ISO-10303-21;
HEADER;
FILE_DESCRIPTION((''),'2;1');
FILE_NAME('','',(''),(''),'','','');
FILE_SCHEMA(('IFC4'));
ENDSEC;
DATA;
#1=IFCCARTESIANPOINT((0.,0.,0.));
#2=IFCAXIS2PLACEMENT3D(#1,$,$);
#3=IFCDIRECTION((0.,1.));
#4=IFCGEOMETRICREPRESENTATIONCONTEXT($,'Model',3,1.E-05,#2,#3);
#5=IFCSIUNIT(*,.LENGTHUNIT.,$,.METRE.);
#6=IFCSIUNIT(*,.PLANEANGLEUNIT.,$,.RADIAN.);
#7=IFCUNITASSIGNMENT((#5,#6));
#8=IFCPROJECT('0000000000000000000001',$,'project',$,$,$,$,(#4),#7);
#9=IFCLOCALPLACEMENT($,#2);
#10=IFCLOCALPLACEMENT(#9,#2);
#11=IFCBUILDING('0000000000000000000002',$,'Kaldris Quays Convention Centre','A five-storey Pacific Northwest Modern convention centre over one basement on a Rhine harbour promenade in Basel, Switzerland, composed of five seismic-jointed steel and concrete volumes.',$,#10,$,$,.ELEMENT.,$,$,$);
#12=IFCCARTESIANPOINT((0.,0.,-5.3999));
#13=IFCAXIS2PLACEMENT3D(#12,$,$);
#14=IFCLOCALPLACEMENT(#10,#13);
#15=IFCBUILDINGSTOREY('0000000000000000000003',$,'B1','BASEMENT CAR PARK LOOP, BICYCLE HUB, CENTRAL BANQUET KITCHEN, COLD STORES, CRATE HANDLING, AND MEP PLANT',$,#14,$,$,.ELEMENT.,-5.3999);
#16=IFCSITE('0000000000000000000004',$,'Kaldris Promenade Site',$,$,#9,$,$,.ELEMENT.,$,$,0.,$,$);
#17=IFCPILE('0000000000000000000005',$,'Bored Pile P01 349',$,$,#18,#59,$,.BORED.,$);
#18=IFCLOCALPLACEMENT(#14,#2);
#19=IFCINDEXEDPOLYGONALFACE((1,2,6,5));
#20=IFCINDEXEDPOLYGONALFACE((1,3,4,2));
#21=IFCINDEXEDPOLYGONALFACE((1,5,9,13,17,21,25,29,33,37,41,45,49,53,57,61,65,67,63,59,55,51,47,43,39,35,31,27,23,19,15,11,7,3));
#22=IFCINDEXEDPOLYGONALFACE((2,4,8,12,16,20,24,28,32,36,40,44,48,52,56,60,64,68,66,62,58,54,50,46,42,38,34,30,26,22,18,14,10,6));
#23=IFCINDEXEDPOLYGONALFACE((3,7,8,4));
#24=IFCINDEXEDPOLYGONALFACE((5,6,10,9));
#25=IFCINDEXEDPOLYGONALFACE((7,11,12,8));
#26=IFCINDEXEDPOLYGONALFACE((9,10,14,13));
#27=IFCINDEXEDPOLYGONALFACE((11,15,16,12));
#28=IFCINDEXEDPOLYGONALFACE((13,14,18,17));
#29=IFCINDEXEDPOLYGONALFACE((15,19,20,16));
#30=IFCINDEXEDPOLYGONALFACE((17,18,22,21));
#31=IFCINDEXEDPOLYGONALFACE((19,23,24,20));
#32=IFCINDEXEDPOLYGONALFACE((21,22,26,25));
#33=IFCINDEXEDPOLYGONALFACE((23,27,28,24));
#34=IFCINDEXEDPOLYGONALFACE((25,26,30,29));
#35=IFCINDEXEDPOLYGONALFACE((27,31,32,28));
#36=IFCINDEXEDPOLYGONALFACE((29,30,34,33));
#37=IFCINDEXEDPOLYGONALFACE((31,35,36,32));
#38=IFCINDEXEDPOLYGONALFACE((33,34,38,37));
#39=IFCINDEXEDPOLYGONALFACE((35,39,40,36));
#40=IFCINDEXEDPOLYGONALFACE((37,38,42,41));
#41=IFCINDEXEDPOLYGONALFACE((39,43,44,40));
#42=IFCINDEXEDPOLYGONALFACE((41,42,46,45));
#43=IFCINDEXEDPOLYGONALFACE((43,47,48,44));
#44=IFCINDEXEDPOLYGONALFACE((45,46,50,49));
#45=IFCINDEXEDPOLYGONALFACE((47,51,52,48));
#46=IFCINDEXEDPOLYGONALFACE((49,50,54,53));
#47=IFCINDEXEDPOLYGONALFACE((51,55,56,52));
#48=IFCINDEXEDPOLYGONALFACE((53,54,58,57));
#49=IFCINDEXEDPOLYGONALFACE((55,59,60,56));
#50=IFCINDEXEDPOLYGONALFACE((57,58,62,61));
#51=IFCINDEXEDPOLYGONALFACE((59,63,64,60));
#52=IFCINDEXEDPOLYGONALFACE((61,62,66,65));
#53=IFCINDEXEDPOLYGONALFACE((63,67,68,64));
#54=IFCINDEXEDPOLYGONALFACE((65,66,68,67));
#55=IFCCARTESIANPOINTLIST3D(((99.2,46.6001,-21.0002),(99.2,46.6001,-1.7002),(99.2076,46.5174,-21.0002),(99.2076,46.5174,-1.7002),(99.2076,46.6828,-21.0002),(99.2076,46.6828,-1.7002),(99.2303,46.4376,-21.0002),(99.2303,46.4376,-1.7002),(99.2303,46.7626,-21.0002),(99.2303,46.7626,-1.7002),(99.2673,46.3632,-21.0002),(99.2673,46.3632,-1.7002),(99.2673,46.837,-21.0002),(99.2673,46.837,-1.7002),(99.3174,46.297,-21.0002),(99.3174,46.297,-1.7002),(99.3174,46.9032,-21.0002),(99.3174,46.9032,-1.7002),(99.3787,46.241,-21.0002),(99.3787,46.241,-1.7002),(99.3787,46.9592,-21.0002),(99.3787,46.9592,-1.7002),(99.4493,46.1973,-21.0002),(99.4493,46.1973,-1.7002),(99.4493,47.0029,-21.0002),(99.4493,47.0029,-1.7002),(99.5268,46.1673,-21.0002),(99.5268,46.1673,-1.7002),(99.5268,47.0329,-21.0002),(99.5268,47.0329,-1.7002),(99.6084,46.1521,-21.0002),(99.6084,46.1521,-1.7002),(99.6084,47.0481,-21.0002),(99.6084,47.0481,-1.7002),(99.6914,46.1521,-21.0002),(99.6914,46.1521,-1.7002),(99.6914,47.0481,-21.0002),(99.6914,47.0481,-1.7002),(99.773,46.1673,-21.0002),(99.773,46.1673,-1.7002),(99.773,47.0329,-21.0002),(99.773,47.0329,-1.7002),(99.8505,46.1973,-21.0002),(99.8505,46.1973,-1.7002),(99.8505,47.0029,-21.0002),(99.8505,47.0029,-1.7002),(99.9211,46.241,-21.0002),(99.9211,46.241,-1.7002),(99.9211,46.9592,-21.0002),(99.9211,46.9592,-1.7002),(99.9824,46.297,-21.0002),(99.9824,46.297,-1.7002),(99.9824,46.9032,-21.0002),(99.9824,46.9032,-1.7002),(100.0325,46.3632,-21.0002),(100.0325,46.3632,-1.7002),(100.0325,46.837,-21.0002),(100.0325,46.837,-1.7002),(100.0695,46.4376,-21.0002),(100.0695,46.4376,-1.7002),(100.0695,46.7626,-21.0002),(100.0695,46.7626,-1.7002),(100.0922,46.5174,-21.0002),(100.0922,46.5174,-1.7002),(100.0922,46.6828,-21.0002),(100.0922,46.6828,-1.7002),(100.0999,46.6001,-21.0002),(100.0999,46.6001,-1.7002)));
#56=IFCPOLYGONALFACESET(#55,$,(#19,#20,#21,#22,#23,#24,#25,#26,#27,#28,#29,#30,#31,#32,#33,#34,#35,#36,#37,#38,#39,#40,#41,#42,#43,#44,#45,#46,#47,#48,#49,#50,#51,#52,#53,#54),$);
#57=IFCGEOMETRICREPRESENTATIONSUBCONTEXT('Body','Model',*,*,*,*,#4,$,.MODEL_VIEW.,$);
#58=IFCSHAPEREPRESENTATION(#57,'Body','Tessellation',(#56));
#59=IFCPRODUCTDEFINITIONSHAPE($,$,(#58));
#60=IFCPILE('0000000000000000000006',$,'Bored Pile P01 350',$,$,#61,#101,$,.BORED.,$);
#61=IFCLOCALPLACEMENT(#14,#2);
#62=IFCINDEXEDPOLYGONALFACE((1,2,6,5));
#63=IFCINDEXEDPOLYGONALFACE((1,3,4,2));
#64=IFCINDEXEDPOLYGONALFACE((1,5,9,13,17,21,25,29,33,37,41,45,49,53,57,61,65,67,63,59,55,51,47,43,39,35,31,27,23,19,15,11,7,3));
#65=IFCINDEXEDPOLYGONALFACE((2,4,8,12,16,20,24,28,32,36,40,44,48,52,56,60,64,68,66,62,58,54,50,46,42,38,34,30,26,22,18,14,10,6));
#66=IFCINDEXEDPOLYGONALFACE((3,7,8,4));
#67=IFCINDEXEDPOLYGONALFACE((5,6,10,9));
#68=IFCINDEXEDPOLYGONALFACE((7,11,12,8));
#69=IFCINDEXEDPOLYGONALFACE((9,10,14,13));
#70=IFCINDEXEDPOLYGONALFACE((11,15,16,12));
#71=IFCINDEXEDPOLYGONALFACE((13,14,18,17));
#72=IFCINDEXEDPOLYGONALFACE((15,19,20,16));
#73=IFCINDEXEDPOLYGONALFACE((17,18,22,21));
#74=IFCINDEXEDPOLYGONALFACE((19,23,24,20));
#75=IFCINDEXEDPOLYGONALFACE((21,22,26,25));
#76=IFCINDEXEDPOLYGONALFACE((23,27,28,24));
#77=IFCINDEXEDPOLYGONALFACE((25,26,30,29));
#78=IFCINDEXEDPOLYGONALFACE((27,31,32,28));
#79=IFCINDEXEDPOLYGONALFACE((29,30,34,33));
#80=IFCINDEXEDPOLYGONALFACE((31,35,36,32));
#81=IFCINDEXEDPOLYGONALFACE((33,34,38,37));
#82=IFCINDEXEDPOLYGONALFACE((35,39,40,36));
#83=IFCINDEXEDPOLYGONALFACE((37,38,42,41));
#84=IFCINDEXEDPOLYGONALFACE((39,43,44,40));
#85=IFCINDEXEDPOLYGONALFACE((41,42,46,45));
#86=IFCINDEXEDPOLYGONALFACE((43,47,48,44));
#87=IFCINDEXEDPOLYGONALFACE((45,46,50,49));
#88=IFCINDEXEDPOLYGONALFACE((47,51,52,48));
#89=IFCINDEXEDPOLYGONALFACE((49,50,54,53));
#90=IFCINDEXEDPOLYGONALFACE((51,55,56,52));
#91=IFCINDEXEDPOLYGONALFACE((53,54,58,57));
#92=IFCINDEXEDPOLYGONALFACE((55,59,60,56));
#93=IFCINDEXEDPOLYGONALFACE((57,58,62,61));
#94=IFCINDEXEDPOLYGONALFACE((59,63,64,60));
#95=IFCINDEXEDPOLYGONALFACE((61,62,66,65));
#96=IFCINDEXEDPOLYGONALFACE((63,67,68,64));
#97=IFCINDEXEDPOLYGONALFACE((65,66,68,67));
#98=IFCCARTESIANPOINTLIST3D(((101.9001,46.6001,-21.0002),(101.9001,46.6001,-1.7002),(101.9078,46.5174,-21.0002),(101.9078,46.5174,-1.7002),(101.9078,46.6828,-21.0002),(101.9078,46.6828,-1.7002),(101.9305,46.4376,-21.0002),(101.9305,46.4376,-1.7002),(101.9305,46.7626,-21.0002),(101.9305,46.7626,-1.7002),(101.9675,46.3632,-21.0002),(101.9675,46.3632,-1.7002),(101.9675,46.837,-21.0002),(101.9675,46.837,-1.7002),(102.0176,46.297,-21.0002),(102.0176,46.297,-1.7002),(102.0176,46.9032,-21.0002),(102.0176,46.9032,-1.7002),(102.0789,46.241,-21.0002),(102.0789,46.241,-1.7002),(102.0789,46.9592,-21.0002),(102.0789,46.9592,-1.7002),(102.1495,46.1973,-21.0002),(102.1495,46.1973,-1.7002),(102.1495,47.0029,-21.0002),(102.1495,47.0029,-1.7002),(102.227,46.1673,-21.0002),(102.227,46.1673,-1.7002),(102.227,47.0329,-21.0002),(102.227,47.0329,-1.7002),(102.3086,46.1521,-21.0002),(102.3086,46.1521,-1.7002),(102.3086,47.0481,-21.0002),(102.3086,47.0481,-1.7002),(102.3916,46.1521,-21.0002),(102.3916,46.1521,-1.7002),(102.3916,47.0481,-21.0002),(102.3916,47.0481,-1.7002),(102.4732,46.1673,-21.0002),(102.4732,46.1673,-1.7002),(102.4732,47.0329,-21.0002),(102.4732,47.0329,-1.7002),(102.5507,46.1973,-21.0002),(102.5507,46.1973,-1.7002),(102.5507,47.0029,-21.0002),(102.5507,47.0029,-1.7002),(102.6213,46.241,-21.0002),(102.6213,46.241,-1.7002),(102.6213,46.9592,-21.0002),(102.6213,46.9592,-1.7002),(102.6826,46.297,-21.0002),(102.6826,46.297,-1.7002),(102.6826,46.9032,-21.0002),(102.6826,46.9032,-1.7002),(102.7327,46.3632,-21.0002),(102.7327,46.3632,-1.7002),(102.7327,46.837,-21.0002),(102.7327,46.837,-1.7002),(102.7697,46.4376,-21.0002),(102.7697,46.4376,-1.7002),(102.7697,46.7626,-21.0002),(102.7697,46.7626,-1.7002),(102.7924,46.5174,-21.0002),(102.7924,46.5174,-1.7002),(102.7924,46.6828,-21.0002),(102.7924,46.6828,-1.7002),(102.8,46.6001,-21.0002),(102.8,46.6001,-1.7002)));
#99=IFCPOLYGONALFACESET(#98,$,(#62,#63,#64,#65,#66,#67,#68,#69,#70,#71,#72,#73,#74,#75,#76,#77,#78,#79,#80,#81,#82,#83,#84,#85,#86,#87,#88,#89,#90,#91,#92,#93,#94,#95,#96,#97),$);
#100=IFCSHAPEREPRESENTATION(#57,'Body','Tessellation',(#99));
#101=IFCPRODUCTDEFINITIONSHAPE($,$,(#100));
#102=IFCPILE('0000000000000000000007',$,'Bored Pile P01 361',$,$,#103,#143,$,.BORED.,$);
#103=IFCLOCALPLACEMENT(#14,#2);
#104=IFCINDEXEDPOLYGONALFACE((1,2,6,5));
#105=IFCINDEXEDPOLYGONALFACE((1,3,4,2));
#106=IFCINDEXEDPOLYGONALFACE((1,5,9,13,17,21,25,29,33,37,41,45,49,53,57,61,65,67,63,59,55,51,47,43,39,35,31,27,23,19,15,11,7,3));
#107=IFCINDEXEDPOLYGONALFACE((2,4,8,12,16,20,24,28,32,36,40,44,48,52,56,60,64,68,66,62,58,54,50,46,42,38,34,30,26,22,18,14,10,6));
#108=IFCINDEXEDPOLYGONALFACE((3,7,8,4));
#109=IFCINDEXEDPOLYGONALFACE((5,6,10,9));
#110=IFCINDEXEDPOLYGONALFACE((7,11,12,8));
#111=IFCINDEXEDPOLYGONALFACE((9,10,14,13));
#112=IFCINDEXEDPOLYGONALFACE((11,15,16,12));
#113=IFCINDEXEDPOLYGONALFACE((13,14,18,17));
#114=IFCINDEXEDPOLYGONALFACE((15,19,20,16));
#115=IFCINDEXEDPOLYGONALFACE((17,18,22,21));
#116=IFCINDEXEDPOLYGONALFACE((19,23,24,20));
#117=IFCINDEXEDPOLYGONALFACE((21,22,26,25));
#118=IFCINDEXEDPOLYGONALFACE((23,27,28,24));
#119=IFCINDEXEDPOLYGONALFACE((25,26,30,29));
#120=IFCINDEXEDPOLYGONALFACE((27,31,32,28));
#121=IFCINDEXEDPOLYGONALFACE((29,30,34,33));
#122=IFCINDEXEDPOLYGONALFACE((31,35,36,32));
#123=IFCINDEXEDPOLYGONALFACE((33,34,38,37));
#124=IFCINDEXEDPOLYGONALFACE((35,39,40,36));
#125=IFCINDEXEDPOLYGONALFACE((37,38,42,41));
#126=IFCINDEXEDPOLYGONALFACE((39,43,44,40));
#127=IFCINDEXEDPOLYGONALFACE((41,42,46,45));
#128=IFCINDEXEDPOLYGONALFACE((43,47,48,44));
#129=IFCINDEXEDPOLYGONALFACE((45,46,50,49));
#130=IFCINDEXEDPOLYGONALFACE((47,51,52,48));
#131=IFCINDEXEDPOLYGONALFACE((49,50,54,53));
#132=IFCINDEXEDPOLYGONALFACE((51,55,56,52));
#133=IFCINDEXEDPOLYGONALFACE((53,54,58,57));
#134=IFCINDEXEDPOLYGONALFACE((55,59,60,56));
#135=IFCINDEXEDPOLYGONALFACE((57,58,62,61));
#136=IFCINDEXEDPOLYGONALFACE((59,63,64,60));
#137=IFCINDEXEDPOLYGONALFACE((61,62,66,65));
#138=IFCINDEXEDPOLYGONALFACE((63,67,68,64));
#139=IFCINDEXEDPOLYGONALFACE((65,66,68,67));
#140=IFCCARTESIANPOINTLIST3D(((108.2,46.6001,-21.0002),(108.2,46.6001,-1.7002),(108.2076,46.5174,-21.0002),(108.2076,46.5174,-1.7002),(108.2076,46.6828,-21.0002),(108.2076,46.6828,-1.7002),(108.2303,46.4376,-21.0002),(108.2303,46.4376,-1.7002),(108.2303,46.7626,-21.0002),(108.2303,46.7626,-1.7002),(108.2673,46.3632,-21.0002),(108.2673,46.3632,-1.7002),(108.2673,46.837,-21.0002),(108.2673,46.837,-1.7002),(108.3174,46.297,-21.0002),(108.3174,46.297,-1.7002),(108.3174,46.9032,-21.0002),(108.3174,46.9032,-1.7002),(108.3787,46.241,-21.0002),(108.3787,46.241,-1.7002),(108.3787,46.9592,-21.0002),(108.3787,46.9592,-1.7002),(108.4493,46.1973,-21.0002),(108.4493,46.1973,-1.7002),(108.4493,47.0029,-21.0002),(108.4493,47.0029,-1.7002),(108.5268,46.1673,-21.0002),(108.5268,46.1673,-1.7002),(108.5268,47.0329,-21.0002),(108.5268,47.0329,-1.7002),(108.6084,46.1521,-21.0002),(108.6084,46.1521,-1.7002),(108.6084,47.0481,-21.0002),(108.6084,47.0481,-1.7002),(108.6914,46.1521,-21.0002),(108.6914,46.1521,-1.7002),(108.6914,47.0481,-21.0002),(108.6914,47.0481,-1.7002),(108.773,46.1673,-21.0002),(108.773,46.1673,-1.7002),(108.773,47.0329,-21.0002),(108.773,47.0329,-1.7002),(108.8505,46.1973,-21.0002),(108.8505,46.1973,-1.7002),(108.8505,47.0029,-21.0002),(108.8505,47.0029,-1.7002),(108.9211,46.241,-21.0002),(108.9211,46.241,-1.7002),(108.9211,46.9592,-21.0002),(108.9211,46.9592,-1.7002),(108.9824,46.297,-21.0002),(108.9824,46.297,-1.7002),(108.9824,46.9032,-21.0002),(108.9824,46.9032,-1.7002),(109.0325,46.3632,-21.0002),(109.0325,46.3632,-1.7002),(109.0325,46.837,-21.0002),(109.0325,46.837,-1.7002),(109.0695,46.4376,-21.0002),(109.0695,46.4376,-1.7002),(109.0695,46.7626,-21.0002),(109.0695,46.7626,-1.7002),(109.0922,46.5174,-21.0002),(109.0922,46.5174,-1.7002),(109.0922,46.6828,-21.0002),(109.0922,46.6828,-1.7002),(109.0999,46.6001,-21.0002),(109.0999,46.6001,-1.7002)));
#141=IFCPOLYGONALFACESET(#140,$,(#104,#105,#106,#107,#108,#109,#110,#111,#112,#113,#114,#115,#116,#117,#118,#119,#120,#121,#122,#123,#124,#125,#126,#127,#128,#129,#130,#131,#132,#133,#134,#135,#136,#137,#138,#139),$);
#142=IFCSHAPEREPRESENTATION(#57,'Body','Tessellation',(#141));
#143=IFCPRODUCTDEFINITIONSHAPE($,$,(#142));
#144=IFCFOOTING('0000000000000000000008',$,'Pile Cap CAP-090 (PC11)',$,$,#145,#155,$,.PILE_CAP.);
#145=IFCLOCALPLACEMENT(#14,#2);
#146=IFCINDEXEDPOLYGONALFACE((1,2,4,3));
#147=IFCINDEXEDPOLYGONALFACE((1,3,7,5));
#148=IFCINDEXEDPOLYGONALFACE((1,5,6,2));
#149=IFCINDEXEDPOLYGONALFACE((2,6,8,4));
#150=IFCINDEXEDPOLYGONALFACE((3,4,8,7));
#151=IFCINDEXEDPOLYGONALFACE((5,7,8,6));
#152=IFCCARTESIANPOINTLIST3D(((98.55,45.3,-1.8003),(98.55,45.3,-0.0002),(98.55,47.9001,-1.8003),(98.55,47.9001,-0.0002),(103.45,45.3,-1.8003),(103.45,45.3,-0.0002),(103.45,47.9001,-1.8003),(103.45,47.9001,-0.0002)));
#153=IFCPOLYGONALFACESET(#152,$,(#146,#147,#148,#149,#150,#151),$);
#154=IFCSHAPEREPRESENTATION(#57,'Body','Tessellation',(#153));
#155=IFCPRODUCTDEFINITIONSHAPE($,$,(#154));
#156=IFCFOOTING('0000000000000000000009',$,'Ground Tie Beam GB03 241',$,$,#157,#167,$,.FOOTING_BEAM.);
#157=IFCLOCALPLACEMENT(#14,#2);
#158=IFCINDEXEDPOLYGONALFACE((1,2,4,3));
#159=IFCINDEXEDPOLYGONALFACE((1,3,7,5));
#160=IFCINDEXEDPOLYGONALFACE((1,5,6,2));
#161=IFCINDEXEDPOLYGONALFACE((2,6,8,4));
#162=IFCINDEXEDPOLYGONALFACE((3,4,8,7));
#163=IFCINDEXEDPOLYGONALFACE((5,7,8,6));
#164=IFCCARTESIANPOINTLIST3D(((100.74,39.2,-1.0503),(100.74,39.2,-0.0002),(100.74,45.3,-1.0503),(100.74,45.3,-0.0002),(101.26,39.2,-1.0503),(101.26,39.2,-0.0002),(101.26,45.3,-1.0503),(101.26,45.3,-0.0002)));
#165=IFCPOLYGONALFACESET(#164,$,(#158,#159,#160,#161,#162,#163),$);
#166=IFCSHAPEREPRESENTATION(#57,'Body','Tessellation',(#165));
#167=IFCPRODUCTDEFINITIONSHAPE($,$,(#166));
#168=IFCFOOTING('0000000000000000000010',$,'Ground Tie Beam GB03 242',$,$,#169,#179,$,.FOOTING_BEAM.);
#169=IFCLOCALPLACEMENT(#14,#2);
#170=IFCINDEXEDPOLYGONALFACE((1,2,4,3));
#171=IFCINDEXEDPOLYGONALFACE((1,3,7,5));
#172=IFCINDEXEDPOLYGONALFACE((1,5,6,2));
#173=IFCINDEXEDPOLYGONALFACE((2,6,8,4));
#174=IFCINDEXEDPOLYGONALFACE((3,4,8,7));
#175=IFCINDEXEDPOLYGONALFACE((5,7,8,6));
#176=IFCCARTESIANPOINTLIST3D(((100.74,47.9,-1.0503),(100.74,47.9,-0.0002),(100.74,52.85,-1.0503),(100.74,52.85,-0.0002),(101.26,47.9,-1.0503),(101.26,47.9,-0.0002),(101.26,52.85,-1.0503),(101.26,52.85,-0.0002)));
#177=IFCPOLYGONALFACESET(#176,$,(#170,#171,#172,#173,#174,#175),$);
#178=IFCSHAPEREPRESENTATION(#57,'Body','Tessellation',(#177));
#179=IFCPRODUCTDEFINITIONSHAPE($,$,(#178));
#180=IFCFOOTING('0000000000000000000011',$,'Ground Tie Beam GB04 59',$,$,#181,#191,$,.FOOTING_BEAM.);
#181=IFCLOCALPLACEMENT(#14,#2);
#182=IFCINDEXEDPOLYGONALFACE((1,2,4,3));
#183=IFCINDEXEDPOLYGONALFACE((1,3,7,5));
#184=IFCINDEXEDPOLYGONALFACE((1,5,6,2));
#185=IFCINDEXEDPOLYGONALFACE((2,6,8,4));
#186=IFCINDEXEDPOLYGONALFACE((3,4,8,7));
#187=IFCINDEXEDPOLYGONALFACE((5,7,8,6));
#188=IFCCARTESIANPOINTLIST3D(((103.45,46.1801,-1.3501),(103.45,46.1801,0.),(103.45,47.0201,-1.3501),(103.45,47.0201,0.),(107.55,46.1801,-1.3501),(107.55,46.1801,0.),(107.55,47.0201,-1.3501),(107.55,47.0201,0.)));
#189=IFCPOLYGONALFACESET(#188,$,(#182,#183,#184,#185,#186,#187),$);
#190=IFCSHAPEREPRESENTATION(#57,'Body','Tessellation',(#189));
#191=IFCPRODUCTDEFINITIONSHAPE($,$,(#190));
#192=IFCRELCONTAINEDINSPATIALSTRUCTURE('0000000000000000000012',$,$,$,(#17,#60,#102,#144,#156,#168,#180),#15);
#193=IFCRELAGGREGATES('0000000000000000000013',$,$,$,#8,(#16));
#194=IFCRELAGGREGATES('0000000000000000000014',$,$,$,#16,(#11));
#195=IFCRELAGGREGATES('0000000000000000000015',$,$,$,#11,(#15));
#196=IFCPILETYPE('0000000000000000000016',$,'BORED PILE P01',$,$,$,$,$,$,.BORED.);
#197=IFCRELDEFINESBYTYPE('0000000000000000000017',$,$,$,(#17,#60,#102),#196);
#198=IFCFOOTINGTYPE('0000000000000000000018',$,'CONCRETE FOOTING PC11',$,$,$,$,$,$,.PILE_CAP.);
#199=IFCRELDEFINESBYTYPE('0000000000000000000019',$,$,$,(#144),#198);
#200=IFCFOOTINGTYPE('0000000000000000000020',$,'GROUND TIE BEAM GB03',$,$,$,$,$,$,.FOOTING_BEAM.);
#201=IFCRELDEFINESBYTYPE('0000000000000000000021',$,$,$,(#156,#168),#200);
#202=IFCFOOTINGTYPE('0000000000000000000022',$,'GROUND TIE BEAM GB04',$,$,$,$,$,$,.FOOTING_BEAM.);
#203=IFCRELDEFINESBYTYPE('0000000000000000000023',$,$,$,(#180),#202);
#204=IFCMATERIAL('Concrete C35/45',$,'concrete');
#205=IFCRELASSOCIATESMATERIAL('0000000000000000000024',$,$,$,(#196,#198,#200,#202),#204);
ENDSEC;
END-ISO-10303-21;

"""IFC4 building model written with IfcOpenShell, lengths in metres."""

from ifc_helpers import new_model, si_unit, direction, frame, origin, origin_2d, place, context, subcontext, project, spatial, rectangle, circle, extrude, material, material_profile, profile_set, type_object, element, save


model = new_model("IFC4")

# Units and contexts
model_context = context("Model", 3, precision=1e-05, world=origin(), true_north=direction((0.0, 1.0)))
body_context = subcontext(model_context, "Body", "Model", "MODEL_VIEW")
ifc_project = project(units=[si_unit("LENGTHUNIT", "METRE"), si_unit("PLANEANGLEUNIT", "RADIAN")], contexts=[model_context])

# Site, building, storey
site_placement = place(None, origin())
site = spatial("IfcSite", under=ifc_project, at=site_placement, Name="Kaldris Promenade Site", CompositionType="ELEMENT", RefElevation=0.0)
building_placement = place(site_placement, origin())
building = spatial("IfcBuilding", under=site, at=building_placement, Name="Kaldris Quays Convention Centre", Description="A five-storey Pacific Northwest Modern convention centre over one basement on a Rhine harbour promenade in Basel, Switzerland, composed of five seismic-jointed steel and concrete volumes.", CompositionType="ELEMENT")
storey_placement = place(building_placement, frame((0.0, 0.0, -5.3999)))
storey = spatial("IfcBuildingStorey", under=building, at=storey_placement, Name="B1", Description="BASEMENT CAR PARK LOOP, BICYCLE HUB, CENTRAL BANQUET KITCHEN, COLD STORES, CRATE HANDLING, AND MEP PLANT", CompositionType="ELEMENT", Elevation=-5.3999)

# Piles
ifc_material_1 = material(Name="Concrete C35/45", Category="concrete")
ifc_material_profile_1 = material_profile(ifc_material_1, circle(Radius=0.45, at=origin_2d()), Name="BORED PILE D900")
ifc_profile_set_1 = profile_set([ifc_material_profile_1], Name="Concrete C35/45")
pile_type = type_object("IfcPileType", Name="BORED PILE P01", PredefinedType="BORED", material=ifc_profile_set_1)
for number, where, z_axis, x_axis, name in (
    (1, (99.6499, 46.6001, -1.7002), (0.0, 0.0, -1.0), (1.0, 0.0, 0.0), "Bored Pile P01 349"),
    (2, (102.3501, 46.6001, -1.7002), (0.0, 0.0, -1.0), (1.0, 0.0, 0.0), "Bored Pile P01 350"),
    (3, (108.6499, 46.6001, -1.7002), (0.0, 0.0, -1.0), (1.0, 0.0, 0.0), "Bored Pile P01 361"),
):
    element("IfcPile", number, at=place(storey_placement, frame(where, z_axis=z_axis, x_axis=x_axis)), inside=storey, type_object=pile_type, Name=name, PredefinedType="BORED", context=body_context, shape_type="SweptSolid", body=[
        extrude(circle(Radius=0.45, at=origin_2d()), origin(), (0.0, 0.0, 1.0), 19.3),
    ])

# Footings
footing_type_1 = type_object("IfcFootingType", Name="CONCRETE FOOTING PC11", PredefinedType="PILE_CAP", material=ifc_material_1)
footing_1_placement = place(storey_placement, frame((101.0, 46.6001, -1.8003), z_axis=(0.0, 0.0, 1.0), x_axis=(1.0, 0.0, 0.0)))
element("IfcFooting", 4, at=footing_1_placement, inside=storey, type_object=footing_type_1, Name="Pile Cap CAP-090 (PC11)", PredefinedType="PILE_CAP", context=body_context, shape_type="SweptSolid", body=[
    extrude(rectangle(XDim=4.8999, YDim=2.6001, at=origin_2d()), origin(), (0.0, 0.0, 1.0), 1.8),
])
footing_type_2 = type_object("IfcFootingType", Name="GROUND TIE BEAM GB03", PredefinedType="FOOTING_BEAM", material=ifc_material_1)
footing_2_placement = place(storey_placement, frame((101.0, 42.25, -1.0503), z_axis=(0.0, 0.0, 1.0), x_axis=(1.0, 0.0, 0.0)))
element("IfcFooting", 5, at=footing_2_placement, inside=storey, type_object=footing_type_2, Name="Ground Tie Beam GB03 241", PredefinedType="FOOTING_BEAM", context=body_context, shape_type="SweptSolid", body=[
    extrude(rectangle(XDim=0.52, YDim=6.1001, at=origin_2d()), origin(), (0.0, 0.0, 1.0), 1.05),
])
footing_3_placement = place(storey_placement, frame((101.0, 50.375, -1.0503), z_axis=(0.0, 0.0, 1.0), x_axis=(1.0, 0.0, 0.0)))
element("IfcFooting", 6, at=footing_3_placement, inside=storey, type_object=footing_type_2, Name="Ground Tie Beam GB03 242", PredefinedType="FOOTING_BEAM", context=body_context, shape_type="SweptSolid", body=[
    extrude(rectangle(XDim=0.52, YDim=4.95, at=origin_2d()), origin(), (0.0, 0.0, 1.0), 1.05),
])
footing_type_3 = type_object("IfcFootingType", Name="GROUND TIE BEAM GB04", PredefinedType="FOOTING_BEAM", material=ifc_material_1)
footing_4_placement = place(storey_placement, frame((105.5, 46.6001, -1.3501), z_axis=(0.0, 0.0, 1.0), x_axis=(1.0, 0.0, 0.0)))
element("IfcFooting", 7, at=footing_4_placement, inside=storey, type_object=footing_type_3, Name="Ground Tie Beam GB04 59", PredefinedType="FOOTING_BEAM", context=body_context, shape_type="SweptSolid", body=[
    extrude(rectangle(XDim=4.1001, YDim=0.8401, at=origin_2d()), origin(), (0.0, 0.0, 1.0), 1.3501),
])

save(model, "model.ifc")
